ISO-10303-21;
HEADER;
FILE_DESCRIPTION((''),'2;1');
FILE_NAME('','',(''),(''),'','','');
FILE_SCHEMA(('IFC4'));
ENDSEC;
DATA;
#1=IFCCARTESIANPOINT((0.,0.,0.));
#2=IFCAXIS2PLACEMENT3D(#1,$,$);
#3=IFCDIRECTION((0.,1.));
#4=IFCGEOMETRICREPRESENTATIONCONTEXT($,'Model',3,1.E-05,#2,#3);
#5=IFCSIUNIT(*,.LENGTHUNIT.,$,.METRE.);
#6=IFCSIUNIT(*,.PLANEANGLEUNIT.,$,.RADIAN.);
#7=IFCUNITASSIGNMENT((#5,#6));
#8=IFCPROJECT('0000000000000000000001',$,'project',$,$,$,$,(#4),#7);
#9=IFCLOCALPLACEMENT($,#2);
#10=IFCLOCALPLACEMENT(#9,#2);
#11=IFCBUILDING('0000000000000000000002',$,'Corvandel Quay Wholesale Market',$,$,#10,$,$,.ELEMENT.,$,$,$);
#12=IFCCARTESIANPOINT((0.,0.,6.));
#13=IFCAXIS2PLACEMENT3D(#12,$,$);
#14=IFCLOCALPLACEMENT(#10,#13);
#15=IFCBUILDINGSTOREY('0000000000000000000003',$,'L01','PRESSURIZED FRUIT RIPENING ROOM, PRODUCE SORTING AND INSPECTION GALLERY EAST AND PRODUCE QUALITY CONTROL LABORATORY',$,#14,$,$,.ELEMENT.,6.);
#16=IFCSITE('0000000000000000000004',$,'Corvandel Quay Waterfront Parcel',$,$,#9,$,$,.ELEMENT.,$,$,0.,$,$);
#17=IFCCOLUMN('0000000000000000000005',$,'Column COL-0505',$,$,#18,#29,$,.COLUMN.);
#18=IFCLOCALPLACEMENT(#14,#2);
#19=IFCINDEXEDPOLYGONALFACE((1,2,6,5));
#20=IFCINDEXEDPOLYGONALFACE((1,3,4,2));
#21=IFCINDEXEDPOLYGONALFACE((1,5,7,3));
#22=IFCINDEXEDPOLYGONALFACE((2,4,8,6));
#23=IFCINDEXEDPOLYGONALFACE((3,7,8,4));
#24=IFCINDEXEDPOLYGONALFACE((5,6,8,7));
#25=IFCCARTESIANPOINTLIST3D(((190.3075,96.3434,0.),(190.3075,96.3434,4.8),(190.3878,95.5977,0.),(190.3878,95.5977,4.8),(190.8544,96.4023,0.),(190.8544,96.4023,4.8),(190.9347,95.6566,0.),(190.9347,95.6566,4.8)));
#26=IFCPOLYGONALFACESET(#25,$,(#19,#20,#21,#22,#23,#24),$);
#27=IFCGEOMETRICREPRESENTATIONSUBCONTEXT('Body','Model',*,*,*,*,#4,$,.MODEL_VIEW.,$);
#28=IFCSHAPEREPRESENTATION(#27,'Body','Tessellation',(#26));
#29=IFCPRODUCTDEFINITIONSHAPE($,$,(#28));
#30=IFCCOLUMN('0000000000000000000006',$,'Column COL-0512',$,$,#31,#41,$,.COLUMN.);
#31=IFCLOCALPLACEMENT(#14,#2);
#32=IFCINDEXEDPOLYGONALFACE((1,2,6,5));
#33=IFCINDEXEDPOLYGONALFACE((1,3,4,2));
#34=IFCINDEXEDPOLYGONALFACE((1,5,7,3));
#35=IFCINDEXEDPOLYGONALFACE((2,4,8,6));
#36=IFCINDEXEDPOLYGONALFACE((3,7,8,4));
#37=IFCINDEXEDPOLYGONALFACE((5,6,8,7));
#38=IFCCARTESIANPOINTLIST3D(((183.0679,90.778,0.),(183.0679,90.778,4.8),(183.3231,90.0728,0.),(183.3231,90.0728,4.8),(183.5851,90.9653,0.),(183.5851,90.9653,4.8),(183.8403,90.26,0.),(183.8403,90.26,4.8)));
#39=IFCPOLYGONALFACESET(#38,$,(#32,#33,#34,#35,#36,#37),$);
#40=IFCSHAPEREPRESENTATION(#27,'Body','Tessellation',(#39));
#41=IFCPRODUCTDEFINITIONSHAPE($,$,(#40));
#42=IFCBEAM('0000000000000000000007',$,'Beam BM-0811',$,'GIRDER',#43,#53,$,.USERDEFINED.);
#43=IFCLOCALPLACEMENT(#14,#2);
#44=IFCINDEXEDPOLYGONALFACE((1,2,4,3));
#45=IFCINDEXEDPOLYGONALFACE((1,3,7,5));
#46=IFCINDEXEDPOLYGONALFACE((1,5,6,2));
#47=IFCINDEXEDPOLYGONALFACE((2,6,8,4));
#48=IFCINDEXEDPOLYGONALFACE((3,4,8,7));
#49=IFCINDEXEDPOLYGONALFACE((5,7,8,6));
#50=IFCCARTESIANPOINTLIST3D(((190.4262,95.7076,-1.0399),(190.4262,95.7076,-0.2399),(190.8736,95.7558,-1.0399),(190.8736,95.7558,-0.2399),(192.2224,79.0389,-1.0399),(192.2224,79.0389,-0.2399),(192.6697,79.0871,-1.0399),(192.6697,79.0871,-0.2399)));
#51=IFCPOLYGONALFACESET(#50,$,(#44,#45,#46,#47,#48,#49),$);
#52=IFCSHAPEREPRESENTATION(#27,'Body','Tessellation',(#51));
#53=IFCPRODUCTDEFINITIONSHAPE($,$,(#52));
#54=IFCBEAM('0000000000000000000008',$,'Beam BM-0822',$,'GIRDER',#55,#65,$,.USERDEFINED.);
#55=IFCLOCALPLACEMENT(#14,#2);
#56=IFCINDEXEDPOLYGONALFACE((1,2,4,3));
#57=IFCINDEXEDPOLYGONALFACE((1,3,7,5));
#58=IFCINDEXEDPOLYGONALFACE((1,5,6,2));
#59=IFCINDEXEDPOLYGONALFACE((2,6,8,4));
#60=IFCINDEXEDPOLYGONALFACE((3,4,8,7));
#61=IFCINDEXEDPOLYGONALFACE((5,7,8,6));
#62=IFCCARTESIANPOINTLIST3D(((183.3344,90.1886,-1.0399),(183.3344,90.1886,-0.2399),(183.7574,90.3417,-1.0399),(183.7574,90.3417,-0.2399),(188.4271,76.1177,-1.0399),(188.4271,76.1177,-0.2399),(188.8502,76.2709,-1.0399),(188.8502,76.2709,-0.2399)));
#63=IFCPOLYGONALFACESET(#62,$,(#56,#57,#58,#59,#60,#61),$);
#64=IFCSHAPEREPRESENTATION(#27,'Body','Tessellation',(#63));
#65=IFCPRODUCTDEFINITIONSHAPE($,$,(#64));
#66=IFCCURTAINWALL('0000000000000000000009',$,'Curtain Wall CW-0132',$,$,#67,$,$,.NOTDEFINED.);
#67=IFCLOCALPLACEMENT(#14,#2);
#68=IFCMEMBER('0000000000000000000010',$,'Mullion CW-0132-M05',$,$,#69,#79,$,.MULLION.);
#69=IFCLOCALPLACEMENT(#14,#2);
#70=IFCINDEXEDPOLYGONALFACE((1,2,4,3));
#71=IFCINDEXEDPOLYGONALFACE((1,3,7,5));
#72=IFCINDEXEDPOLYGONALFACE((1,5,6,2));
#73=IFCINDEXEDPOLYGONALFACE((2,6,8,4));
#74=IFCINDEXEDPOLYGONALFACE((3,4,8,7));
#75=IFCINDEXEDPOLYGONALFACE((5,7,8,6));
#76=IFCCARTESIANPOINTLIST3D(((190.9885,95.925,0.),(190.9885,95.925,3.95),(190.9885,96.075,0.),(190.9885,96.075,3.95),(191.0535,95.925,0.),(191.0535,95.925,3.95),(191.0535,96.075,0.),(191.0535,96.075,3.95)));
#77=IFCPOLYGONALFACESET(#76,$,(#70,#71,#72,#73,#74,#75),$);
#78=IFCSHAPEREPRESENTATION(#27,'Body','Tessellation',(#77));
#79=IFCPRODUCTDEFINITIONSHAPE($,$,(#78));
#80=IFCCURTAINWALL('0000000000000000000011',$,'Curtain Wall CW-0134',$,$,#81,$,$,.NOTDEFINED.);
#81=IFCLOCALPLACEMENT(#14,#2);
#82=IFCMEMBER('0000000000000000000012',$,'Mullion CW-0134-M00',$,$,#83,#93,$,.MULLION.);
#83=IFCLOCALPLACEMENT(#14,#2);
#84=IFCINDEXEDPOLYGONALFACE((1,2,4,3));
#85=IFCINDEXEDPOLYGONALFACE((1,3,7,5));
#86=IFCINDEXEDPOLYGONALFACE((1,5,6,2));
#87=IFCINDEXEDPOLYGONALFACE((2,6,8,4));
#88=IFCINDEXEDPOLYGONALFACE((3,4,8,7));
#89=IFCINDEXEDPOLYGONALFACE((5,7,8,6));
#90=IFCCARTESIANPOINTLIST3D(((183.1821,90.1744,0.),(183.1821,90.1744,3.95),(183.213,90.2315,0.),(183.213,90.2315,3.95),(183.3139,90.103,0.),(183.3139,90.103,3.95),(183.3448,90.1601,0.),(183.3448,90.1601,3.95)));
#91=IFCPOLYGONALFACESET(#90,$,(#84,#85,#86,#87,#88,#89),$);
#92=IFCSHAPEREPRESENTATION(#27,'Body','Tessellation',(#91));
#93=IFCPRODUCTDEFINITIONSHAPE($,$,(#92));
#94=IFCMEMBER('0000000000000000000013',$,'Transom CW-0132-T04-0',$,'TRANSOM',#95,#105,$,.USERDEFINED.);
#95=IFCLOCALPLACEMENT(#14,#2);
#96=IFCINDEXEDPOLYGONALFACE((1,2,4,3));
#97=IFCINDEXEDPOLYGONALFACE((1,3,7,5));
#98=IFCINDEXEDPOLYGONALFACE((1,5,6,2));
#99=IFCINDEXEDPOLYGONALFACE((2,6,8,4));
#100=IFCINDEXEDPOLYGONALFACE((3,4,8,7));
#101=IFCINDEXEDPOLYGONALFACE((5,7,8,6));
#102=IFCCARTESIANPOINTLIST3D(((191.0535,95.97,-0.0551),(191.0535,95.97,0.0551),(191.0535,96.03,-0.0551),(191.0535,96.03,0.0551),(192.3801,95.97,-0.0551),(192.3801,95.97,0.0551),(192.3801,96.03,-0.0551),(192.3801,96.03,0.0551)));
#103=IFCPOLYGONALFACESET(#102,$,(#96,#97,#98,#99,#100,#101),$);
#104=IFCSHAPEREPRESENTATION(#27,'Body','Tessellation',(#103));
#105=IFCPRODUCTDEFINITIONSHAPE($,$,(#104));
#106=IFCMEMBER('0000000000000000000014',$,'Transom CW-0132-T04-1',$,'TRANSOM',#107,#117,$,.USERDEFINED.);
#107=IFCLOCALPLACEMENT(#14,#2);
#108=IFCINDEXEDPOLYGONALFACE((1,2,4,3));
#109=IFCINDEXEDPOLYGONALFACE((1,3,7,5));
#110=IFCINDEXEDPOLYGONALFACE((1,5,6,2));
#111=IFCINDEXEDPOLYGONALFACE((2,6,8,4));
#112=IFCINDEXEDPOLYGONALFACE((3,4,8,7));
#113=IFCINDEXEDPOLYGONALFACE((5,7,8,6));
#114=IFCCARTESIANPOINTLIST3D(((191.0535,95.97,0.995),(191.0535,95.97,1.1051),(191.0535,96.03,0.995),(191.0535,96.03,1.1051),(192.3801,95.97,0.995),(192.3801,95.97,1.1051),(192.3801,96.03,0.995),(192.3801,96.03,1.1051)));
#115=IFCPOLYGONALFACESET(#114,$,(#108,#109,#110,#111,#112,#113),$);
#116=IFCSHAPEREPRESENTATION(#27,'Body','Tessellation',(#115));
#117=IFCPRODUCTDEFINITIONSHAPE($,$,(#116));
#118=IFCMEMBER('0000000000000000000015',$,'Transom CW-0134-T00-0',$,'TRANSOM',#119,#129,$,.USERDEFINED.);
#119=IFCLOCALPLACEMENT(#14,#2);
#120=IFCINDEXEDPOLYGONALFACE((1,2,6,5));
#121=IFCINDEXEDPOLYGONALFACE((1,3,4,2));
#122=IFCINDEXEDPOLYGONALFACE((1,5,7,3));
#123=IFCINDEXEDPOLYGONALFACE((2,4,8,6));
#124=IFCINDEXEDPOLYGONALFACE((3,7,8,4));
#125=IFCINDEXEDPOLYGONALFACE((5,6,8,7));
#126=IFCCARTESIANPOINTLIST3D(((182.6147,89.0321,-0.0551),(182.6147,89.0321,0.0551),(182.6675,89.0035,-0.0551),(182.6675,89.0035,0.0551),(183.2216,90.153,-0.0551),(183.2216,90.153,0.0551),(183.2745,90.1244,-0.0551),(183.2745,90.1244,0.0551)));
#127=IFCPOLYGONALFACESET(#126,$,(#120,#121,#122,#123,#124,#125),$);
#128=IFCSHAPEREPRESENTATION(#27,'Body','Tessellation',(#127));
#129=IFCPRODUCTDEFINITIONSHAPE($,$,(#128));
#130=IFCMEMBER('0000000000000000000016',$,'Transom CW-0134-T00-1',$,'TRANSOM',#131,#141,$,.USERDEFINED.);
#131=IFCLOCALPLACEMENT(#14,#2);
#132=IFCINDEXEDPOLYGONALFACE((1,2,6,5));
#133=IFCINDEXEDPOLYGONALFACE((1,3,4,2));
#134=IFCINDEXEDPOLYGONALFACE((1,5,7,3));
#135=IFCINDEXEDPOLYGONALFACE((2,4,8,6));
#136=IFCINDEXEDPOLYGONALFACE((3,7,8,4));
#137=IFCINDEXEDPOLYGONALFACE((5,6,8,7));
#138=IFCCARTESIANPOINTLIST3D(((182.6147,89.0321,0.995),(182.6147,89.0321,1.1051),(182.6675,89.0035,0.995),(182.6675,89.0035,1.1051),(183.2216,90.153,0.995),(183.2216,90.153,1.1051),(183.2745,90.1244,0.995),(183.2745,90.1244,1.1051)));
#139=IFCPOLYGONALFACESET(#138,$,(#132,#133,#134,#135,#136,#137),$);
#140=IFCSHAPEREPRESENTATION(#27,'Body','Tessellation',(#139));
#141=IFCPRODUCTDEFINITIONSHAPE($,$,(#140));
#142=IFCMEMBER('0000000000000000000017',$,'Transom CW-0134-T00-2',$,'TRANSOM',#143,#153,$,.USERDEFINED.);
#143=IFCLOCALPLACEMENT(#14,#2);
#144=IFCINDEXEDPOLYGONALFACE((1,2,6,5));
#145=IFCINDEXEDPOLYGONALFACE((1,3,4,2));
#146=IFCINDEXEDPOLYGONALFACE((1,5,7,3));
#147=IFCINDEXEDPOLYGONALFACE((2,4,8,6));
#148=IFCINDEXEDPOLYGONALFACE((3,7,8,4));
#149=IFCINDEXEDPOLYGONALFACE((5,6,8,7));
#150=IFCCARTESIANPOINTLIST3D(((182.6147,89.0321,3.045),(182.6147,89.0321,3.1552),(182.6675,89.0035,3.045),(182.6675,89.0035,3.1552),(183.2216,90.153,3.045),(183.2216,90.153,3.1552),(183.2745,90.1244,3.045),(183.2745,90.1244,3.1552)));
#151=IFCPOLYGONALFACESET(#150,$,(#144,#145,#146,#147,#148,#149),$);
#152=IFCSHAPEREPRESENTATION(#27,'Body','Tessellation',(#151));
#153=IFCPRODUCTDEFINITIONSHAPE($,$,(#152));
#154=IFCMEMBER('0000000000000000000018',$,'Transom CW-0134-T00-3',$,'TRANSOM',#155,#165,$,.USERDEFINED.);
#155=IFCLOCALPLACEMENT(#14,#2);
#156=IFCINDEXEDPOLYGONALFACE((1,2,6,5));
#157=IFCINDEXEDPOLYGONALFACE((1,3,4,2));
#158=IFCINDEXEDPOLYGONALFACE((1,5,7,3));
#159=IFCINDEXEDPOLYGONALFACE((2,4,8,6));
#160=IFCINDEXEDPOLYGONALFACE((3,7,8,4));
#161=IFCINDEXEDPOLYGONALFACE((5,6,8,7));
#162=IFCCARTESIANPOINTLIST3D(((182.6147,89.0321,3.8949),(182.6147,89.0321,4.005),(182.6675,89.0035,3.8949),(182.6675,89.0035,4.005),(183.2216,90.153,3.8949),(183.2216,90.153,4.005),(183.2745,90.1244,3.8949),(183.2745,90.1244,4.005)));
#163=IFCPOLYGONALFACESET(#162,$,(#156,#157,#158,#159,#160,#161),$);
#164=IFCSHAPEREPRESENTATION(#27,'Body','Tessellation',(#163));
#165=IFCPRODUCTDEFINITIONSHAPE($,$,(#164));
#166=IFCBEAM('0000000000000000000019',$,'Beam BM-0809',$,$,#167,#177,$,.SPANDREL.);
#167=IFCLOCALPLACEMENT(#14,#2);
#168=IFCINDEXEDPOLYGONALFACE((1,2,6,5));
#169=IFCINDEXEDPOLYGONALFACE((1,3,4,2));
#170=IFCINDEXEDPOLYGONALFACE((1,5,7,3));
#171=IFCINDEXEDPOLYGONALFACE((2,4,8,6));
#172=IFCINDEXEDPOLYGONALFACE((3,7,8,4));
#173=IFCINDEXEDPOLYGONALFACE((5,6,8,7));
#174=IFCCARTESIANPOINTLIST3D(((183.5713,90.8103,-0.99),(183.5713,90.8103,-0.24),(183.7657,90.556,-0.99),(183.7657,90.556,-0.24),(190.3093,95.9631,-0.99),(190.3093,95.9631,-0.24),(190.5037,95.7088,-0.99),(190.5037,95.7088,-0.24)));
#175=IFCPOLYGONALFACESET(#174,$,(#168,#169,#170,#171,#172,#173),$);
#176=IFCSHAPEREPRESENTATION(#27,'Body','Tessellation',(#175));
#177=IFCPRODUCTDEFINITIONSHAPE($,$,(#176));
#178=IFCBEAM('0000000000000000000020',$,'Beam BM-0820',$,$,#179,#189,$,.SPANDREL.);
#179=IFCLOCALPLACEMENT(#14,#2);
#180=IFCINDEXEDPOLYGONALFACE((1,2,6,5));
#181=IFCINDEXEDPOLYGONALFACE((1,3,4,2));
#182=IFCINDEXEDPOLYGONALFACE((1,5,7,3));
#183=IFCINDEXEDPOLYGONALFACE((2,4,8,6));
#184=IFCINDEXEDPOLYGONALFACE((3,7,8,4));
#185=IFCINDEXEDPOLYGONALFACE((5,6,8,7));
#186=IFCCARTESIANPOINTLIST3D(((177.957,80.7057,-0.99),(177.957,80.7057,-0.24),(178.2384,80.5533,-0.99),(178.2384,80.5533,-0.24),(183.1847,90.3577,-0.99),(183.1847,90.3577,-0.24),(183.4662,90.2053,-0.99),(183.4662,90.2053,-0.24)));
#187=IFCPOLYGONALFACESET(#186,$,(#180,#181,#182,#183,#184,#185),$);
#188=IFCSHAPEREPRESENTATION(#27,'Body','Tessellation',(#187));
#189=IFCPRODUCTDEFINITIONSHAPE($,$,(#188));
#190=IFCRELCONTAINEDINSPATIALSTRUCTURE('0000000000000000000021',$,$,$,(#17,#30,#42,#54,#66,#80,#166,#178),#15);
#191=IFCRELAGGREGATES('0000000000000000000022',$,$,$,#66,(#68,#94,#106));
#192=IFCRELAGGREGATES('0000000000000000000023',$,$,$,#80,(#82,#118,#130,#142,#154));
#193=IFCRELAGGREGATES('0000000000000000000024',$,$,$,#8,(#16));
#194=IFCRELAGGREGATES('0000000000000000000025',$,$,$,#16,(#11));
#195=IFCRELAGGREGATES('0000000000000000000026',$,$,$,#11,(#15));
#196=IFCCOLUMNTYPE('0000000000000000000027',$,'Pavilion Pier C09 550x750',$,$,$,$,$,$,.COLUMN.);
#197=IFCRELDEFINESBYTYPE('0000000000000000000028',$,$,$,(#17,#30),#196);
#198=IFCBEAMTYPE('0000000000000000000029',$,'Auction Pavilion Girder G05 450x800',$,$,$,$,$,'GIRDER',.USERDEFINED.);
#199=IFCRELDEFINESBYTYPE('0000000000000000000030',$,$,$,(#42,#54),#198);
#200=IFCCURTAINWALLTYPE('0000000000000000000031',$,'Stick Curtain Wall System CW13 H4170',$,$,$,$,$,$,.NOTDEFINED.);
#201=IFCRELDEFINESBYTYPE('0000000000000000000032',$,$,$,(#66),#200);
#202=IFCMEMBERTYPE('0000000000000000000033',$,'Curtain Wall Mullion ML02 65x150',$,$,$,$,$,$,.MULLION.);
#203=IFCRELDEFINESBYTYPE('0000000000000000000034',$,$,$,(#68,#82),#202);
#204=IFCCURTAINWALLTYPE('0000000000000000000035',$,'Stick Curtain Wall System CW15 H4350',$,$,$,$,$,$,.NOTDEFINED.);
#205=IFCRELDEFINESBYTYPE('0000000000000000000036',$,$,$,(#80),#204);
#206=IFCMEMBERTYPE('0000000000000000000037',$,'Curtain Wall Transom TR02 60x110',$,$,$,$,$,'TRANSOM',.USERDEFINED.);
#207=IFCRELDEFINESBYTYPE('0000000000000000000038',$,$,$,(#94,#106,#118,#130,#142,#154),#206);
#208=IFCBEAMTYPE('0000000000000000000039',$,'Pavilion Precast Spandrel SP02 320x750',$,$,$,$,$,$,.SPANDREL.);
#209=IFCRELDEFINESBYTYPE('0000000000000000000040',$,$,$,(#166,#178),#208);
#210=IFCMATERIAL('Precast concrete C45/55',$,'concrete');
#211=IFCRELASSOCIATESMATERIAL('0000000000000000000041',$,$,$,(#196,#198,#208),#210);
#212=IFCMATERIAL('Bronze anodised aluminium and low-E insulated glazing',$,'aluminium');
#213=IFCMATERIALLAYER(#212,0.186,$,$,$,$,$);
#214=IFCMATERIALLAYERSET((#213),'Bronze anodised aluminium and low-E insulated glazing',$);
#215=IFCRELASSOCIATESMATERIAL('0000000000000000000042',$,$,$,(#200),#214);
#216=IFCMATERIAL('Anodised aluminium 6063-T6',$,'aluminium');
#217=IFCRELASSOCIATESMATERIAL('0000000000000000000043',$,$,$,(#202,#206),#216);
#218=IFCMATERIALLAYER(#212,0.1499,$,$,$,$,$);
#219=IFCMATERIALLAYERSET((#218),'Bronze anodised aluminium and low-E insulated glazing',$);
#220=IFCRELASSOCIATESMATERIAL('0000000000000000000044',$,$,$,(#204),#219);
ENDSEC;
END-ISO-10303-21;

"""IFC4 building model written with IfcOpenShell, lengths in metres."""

from ifc_helpers import new_model, si_unit, direction, frame, origin, origin_2d, place, context, subcontext, project, spatial, rectangle, extrude, material, layer, layer_set, material_profile, profile_set, type_object, element, aggregate, save


model = new_model("IFC4")

# Units and contexts
model_context = context("Model", 3, precision=1e-05, world=origin(), true_north=direction((0.0, 1.0)))
body_context = subcontext(model_context, "Body", "Model", "MODEL_VIEW")
ifc_project = project(units=[si_unit("LENGTHUNIT", "METRE"), si_unit("PLANEANGLEUNIT", "RADIAN")], contexts=[model_context])

# Site, building, storey
site_placement = place(None, origin())
site = spatial("IfcSite", under=ifc_project, at=site_placement, Name="Corvandel Quay Waterfront Parcel", CompositionType="ELEMENT", RefElevation=0.0)
building_placement = place(site_placement, origin())
building = spatial("IfcBuilding", under=site, at=building_placement, Name="Corvandel Quay Wholesale Market", CompositionType="ELEMENT")
storey_placement = place(building_placement, frame((0.0, 0.0, 6.0)))
storey = spatial("IfcBuildingStorey", under=building, at=storey_placement, Name="L01", Description="PRESSURIZED FRUIT RIPENING ROOM, PRODUCE SORTING AND INSPECTION GALLERY EAST AND PRODUCE QUALITY CONTROL LABORATORY", CompositionType="ELEMENT", Elevation=6.0)

# Columns
ifc_material_1 = material(Name="Precast concrete C45/55", Category="concrete")
ifc_material_profile_1 = material_profile(ifc_material_1, rectangle(XDim=0.55, YDim=0.75, at=origin_2d()), Name="PC-COL-550x750")
ifc_profile_set_1 = profile_set([ifc_material_profile_1], Name="Precast concrete C45/55")
column_type = type_object("IfcColumnType", Name="Pavilion Pier C09 550x750", PredefinedType="COLUMN", material=ifc_profile_set_1)
for number, where, z_axis, x_axis, name in (
    (1, (190.6211, 96.0, 0.0), (0.0, 0.0, 1.0), (0.994245, 0.107132, 0.0), "Column COL-0505"),
    (2, (183.4541, 90.519, 0.0), (0.0, 0.0, 1.0), (0.940288, 0.34038, 0.0), "Column COL-0512"),
):
    element("IfcColumn", number, at=place(storey_placement, frame(where, z_axis=z_axis, x_axis=x_axis)), inside=storey, type_object=column_type, Name=name, PredefinedType="COLUMN", context=body_context, shape_type="SweptSolid", body=[
        extrude(rectangle(XDim=0.55, YDim=0.75, at=origin_2d()), origin(), (0.0, 0.0, 1.0), 4.8),
    ])

# Beams
ifc_material_profile_2 = material_profile(ifc_material_1, rectangle(XDim=0.45, YDim=0.8, at=origin_2d()), Name="PC-GIR-450x800")
ifc_profile_set_2 = profile_set([ifc_material_profile_2], Name="Precast concrete C45/55")
beam_type_1 = type_object("IfcBeamType", Name="Auction Pavilion Girder G05 450x800", ElementType="GIRDER", PredefinedType="USERDEFINED", material=ifc_profile_set_2)
beam_1_placement = place(storey_placement, frame((190.6499, 95.7317, -0.6399), z_axis=(0.107135, -0.994244, 0.0), x_axis=(0.994244, 0.107135, 0.0)))
element("IfcBeam", 3, at=beam_1_placement, inside=storey, type_object=beam_type_1, Name="Beam BM-0811", ObjectType="GIRDER", PredefinedType="USERDEFINED", context=body_context, shape_type="SweptSolid", body=[
    extrude(rectangle(XDim=0.45, YDim=0.8, at=origin_2d()), origin(), (0.0, 0.0, 1.0), 16.7651),
])
beam_2_placement = place(storey_placement, frame((183.5459, 90.2651, -0.6399), z_axis=(0.340333, -0.940305, 0.0), x_axis=(0.940305, 0.340333, 0.0)))
element("IfcBeam", 4, at=beam_2_placement, inside=storey, type_object=beam_type_1, Name="Beam BM-0822", ObjectType="GIRDER", PredefinedType="USERDEFINED", context=body_context, shape_type="SweptSolid", body=[
    extrude(rectangle(XDim=0.45, YDim=0.8, at=origin_2d()), origin(), (0.0, 0.0, 1.0), 14.9641),
])

# Curtain walls, members
ifc_material_2 = material(Name="Bronze anodised aluminium and low-E insulated glazing", Category="aluminium")
ifc_layer_1 = layer(ifc_material_2, 0.186)
ifc_layer_set_1 = layer_set([ifc_layer_1], Name="Bronze anodised aluminium and low-E insulated glazing")
curtain_wall_type_1 = type_object("IfcCurtainWallType", Name="Stick Curtain Wall System CW13 H4170", PredefinedType="NOTDEFINED", material=ifc_layer_set_1)
curtain_wall_1_placement = place(storey_placement, origin())
curtain_wall_1 = element("IfcCurtainWall", 5, at=curtain_wall_1_placement, inside=storey, type_object=curtain_wall_type_1, Name="Curtain Wall CW-0132", PredefinedType="NOTDEFINED")
ifc_material_3 = material(Name="Anodised aluminium 6063-T6", Category="aluminium")
ifc_material_profile_3 = material_profile(ifc_material_3, rectangle(XDim=0.0649, YDim=0.1499, at=origin_2d()), Name="ALU-MUL-65x150")
ifc_profile_set_3 = profile_set([ifc_material_profile_3], Name="Anodised aluminium 6063-T6")
member_type_1 = type_object("IfcMemberType", Name="Curtain Wall Mullion ML02 65x150", PredefinedType="MULLION", material=ifc_profile_set_3)
member_1_placement = place(storey_placement, frame((191.021, 96.0, 0.0), z_axis=(0.0, 0.0, 1.0), x_axis=(1.0, 0.0, 0.0)))
member_1 = element("IfcMember", 6, at=member_1_placement, type_object=member_type_1, Name="Mullion CW-0132-M05", PredefinedType="MULLION", context=body_context, shape_type="SweptSolid", body=[
    extrude(rectangle(XDim=0.0649, YDim=0.1499, at=origin_2d()), origin(), (0.0, 0.0, 1.0), 3.95),
])
ifc_layer_2 = layer(ifc_material_2, 0.1499)
ifc_layer_set_2 = layer_set([ifc_layer_2], Name="Bronze anodised aluminium and low-E insulated glazing")
curtain_wall_type_2 = type_object("IfcCurtainWallType", Name="Stick Curtain Wall System CW15 H4350", PredefinedType="NOTDEFINED", material=ifc_layer_set_2)
curtain_wall_2_placement = place(storey_placement, origin())
curtain_wall_2 = element("IfcCurtainWall", 7, at=curtain_wall_2_placement, inside=storey, type_object=curtain_wall_type_2, Name="Curtain Wall CW-0134", PredefinedType="NOTDEFINED")
member_2_placement = place(storey_placement, frame((183.2634, 90.1672, 0.0), z_axis=(0.0, 0.0, 1.0), x_axis=(0.476238, 0.879316, 0.0)))
member_2 = element("IfcMember", 8, at=member_2_placement, type_object=member_type_1, Name="Mullion CW-0134-M00", PredefinedType="MULLION", context=body_context, shape_type="SweptSolid", body=[
    extrude(rectangle(XDim=0.0649, YDim=0.1499, at=origin_2d()), origin(), (0.0, 0.0, 1.0), 3.95),
])

# Members
ifc_material_profile_4 = material_profile(ifc_material_3, rectangle(XDim=0.0601, YDim=0.1101, at=origin_2d()), Name="ALU-TRN-60x110")
ifc_profile_set_4 = profile_set([ifc_material_profile_4], Name="Anodised aluminium 6063-T6")
member_type_2 = type_object("IfcMemberType", Name="Curtain Wall Transom TR02 60x110", ElementType="TRANSOM", PredefinedType="USERDEFINED", material=ifc_profile_set_4)
member_3_placement = place(storey_placement, frame((192.3801, 96.0, 0.0), z_axis=(-1.0, 0.0, 0.0), x_axis=(0.0, -1.0, 0.0)))
member_3 = element("IfcMember", 9, at=member_3_placement, type_object=member_type_2, Name="Transom CW-0132-T04-0", ObjectType="TRANSOM", PredefinedType="USERDEFINED", context=body_context, shape_type="SweptSolid", body=[
    extrude(rectangle(XDim=0.0601, YDim=0.1101, at=origin_2d()), origin(), (0.0, 0.0, 1.0), 1.3267),
])
member_4_placement = place(storey_placement, frame((192.3801, 96.0, 1.05), z_axis=(-1.0, 0.0, 0.0), x_axis=(0.0, -1.0, 0.0)))
member_4 = element("IfcMember", 10, at=member_4_placement, type_object=member_type_2, Name="Transom CW-0132-T04-1", ObjectType="TRANSOM", PredefinedType="USERDEFINED", context=body_context, shape_type="SweptSolid", body=[
    extrude(rectangle(XDim=0.0601, YDim=0.1101, at=origin_2d()), origin(), (0.0, 0.0, 1.0), 1.3267),
])
member_5_placement = place(storey_placement, frame((183.248, 90.1387, 0.0), z_axis=(-0.476166, -0.879355, 0.0), x_axis=(0.879355, -0.476166, 0.0)))
member_5 = element("IfcMember", 11, at=member_5_placement, type_object=member_type_2, Name="Transom CW-0134-T00-0", ObjectType="TRANSOM", PredefinedType="USERDEFINED", context=body_context, shape_type="SweptSolid", body=[
    extrude(rectangle(XDim=0.0601, YDim=0.1101, at=origin_2d()), origin(), (0.0, 0.0, 1.0), 1.2747),
])
member_6_placement = place(storey_placement, frame((183.248, 90.1387, 1.05), z_axis=(-0.476166, -0.879355, 0.0), x_axis=(0.879355, -0.476166, 0.0)))
member_6 = element("IfcMember", 12, at=member_6_placement, type_object=member_type_2, Name="Transom CW-0134-T00-1", ObjectType="TRANSOM", PredefinedType="USERDEFINED", context=body_context, shape_type="SweptSolid", body=[
    extrude(rectangle(XDim=0.0601, YDim=0.1101, at=origin_2d()), origin(), (0.0, 0.0, 1.0), 1.2747),
])
member_7_placement = place(storey_placement, frame((183.248, 90.1387, 3.1001), z_axis=(-0.476166, -0.879355, 0.0), x_axis=(0.879355, -0.476166, 0.0)))
member_7 = element("IfcMember", 13, at=member_7_placement, type_object=member_type_2, Name="Transom CW-0134-T00-2", ObjectType="TRANSOM", PredefinedType="USERDEFINED", context=body_context, shape_type="SweptSolid", body=[
    extrude(rectangle(XDim=0.0601, YDim=0.1101, at=origin_2d()), origin(), (0.0, 0.0, 1.0), 1.2747),
])
member_8_placement = place(storey_placement, frame((183.248, 90.1387, 3.95), z_axis=(-0.476166, -0.879355, 0.0), x_axis=(0.879355, -0.476166, 0.0)))
member_8 = element("IfcMember", 14, at=member_8_placement, type_object=member_type_2, Name="Transom CW-0134-T00-3", ObjectType="TRANSOM", PredefinedType="USERDEFINED", context=body_context, shape_type="SweptSolid", body=[
    extrude(rectangle(XDim=0.0601, YDim=0.1101, at=origin_2d()), origin(), (0.0, 0.0, 1.0), 1.2747),
])

# Beams
ifc_material_profile_5 = material_profile(ifc_material_1, rectangle(XDim=0.3201, YDim=0.75, at=origin_2d()), Name="PC-SPN-320x750")
ifc_profile_set_5 = profile_set([ifc_material_profile_5], Name="Precast concrete C45/55")
beam_type_2 = type_object("IfcBeamType", Name="Pavilion Precast Spandrel SP02 320x750", PredefinedType="SPANDREL", material=ifc_profile_set_5)
beam_3_placement = place(storey_placement, frame((190.4065, 95.8359, -0.615), z_axis=(-0.794346, -0.607466, 0.0), x_axis=(0.607466, -0.794346, 0.0)))
element("IfcBeam", 15, at=beam_3_placement, inside=storey, type_object=beam_type_2, Name="Beam BM-0809", PredefinedType="SPANDREL", context=body_context, shape_type="SweptSolid", body=[
    extrude(rectangle(XDim=0.3201, YDim=0.75, at=origin_2d()), origin(), (0.0, 0.0, 1.0), 8.4824),
])
beam_4_placement = place(storey_placement, frame((183.3254, 90.2815, -0.615), z_axis=(-0.476252, -0.879309, 0.0), x_axis=(0.879309, -0.476252, 0.0)))
element("IfcBeam", 16, at=beam_4_placement, inside=storey, type_object=beam_type_2, Name="Beam BM-0820", PredefinedType="SPANDREL", context=body_context, shape_type="SweptSolid", body=[
    extrude(rectangle(XDim=0.3201, YDim=0.75, at=origin_2d()), origin(), (0.0, 0.0, 1.0), 10.9768),
])

aggregate(curtain_wall_1, [member_1, member_3, member_4])
aggregate(curtain_wall_2, [member_2, member_5, member_6, member_7, member_8])

save(model, "model.ifc")
